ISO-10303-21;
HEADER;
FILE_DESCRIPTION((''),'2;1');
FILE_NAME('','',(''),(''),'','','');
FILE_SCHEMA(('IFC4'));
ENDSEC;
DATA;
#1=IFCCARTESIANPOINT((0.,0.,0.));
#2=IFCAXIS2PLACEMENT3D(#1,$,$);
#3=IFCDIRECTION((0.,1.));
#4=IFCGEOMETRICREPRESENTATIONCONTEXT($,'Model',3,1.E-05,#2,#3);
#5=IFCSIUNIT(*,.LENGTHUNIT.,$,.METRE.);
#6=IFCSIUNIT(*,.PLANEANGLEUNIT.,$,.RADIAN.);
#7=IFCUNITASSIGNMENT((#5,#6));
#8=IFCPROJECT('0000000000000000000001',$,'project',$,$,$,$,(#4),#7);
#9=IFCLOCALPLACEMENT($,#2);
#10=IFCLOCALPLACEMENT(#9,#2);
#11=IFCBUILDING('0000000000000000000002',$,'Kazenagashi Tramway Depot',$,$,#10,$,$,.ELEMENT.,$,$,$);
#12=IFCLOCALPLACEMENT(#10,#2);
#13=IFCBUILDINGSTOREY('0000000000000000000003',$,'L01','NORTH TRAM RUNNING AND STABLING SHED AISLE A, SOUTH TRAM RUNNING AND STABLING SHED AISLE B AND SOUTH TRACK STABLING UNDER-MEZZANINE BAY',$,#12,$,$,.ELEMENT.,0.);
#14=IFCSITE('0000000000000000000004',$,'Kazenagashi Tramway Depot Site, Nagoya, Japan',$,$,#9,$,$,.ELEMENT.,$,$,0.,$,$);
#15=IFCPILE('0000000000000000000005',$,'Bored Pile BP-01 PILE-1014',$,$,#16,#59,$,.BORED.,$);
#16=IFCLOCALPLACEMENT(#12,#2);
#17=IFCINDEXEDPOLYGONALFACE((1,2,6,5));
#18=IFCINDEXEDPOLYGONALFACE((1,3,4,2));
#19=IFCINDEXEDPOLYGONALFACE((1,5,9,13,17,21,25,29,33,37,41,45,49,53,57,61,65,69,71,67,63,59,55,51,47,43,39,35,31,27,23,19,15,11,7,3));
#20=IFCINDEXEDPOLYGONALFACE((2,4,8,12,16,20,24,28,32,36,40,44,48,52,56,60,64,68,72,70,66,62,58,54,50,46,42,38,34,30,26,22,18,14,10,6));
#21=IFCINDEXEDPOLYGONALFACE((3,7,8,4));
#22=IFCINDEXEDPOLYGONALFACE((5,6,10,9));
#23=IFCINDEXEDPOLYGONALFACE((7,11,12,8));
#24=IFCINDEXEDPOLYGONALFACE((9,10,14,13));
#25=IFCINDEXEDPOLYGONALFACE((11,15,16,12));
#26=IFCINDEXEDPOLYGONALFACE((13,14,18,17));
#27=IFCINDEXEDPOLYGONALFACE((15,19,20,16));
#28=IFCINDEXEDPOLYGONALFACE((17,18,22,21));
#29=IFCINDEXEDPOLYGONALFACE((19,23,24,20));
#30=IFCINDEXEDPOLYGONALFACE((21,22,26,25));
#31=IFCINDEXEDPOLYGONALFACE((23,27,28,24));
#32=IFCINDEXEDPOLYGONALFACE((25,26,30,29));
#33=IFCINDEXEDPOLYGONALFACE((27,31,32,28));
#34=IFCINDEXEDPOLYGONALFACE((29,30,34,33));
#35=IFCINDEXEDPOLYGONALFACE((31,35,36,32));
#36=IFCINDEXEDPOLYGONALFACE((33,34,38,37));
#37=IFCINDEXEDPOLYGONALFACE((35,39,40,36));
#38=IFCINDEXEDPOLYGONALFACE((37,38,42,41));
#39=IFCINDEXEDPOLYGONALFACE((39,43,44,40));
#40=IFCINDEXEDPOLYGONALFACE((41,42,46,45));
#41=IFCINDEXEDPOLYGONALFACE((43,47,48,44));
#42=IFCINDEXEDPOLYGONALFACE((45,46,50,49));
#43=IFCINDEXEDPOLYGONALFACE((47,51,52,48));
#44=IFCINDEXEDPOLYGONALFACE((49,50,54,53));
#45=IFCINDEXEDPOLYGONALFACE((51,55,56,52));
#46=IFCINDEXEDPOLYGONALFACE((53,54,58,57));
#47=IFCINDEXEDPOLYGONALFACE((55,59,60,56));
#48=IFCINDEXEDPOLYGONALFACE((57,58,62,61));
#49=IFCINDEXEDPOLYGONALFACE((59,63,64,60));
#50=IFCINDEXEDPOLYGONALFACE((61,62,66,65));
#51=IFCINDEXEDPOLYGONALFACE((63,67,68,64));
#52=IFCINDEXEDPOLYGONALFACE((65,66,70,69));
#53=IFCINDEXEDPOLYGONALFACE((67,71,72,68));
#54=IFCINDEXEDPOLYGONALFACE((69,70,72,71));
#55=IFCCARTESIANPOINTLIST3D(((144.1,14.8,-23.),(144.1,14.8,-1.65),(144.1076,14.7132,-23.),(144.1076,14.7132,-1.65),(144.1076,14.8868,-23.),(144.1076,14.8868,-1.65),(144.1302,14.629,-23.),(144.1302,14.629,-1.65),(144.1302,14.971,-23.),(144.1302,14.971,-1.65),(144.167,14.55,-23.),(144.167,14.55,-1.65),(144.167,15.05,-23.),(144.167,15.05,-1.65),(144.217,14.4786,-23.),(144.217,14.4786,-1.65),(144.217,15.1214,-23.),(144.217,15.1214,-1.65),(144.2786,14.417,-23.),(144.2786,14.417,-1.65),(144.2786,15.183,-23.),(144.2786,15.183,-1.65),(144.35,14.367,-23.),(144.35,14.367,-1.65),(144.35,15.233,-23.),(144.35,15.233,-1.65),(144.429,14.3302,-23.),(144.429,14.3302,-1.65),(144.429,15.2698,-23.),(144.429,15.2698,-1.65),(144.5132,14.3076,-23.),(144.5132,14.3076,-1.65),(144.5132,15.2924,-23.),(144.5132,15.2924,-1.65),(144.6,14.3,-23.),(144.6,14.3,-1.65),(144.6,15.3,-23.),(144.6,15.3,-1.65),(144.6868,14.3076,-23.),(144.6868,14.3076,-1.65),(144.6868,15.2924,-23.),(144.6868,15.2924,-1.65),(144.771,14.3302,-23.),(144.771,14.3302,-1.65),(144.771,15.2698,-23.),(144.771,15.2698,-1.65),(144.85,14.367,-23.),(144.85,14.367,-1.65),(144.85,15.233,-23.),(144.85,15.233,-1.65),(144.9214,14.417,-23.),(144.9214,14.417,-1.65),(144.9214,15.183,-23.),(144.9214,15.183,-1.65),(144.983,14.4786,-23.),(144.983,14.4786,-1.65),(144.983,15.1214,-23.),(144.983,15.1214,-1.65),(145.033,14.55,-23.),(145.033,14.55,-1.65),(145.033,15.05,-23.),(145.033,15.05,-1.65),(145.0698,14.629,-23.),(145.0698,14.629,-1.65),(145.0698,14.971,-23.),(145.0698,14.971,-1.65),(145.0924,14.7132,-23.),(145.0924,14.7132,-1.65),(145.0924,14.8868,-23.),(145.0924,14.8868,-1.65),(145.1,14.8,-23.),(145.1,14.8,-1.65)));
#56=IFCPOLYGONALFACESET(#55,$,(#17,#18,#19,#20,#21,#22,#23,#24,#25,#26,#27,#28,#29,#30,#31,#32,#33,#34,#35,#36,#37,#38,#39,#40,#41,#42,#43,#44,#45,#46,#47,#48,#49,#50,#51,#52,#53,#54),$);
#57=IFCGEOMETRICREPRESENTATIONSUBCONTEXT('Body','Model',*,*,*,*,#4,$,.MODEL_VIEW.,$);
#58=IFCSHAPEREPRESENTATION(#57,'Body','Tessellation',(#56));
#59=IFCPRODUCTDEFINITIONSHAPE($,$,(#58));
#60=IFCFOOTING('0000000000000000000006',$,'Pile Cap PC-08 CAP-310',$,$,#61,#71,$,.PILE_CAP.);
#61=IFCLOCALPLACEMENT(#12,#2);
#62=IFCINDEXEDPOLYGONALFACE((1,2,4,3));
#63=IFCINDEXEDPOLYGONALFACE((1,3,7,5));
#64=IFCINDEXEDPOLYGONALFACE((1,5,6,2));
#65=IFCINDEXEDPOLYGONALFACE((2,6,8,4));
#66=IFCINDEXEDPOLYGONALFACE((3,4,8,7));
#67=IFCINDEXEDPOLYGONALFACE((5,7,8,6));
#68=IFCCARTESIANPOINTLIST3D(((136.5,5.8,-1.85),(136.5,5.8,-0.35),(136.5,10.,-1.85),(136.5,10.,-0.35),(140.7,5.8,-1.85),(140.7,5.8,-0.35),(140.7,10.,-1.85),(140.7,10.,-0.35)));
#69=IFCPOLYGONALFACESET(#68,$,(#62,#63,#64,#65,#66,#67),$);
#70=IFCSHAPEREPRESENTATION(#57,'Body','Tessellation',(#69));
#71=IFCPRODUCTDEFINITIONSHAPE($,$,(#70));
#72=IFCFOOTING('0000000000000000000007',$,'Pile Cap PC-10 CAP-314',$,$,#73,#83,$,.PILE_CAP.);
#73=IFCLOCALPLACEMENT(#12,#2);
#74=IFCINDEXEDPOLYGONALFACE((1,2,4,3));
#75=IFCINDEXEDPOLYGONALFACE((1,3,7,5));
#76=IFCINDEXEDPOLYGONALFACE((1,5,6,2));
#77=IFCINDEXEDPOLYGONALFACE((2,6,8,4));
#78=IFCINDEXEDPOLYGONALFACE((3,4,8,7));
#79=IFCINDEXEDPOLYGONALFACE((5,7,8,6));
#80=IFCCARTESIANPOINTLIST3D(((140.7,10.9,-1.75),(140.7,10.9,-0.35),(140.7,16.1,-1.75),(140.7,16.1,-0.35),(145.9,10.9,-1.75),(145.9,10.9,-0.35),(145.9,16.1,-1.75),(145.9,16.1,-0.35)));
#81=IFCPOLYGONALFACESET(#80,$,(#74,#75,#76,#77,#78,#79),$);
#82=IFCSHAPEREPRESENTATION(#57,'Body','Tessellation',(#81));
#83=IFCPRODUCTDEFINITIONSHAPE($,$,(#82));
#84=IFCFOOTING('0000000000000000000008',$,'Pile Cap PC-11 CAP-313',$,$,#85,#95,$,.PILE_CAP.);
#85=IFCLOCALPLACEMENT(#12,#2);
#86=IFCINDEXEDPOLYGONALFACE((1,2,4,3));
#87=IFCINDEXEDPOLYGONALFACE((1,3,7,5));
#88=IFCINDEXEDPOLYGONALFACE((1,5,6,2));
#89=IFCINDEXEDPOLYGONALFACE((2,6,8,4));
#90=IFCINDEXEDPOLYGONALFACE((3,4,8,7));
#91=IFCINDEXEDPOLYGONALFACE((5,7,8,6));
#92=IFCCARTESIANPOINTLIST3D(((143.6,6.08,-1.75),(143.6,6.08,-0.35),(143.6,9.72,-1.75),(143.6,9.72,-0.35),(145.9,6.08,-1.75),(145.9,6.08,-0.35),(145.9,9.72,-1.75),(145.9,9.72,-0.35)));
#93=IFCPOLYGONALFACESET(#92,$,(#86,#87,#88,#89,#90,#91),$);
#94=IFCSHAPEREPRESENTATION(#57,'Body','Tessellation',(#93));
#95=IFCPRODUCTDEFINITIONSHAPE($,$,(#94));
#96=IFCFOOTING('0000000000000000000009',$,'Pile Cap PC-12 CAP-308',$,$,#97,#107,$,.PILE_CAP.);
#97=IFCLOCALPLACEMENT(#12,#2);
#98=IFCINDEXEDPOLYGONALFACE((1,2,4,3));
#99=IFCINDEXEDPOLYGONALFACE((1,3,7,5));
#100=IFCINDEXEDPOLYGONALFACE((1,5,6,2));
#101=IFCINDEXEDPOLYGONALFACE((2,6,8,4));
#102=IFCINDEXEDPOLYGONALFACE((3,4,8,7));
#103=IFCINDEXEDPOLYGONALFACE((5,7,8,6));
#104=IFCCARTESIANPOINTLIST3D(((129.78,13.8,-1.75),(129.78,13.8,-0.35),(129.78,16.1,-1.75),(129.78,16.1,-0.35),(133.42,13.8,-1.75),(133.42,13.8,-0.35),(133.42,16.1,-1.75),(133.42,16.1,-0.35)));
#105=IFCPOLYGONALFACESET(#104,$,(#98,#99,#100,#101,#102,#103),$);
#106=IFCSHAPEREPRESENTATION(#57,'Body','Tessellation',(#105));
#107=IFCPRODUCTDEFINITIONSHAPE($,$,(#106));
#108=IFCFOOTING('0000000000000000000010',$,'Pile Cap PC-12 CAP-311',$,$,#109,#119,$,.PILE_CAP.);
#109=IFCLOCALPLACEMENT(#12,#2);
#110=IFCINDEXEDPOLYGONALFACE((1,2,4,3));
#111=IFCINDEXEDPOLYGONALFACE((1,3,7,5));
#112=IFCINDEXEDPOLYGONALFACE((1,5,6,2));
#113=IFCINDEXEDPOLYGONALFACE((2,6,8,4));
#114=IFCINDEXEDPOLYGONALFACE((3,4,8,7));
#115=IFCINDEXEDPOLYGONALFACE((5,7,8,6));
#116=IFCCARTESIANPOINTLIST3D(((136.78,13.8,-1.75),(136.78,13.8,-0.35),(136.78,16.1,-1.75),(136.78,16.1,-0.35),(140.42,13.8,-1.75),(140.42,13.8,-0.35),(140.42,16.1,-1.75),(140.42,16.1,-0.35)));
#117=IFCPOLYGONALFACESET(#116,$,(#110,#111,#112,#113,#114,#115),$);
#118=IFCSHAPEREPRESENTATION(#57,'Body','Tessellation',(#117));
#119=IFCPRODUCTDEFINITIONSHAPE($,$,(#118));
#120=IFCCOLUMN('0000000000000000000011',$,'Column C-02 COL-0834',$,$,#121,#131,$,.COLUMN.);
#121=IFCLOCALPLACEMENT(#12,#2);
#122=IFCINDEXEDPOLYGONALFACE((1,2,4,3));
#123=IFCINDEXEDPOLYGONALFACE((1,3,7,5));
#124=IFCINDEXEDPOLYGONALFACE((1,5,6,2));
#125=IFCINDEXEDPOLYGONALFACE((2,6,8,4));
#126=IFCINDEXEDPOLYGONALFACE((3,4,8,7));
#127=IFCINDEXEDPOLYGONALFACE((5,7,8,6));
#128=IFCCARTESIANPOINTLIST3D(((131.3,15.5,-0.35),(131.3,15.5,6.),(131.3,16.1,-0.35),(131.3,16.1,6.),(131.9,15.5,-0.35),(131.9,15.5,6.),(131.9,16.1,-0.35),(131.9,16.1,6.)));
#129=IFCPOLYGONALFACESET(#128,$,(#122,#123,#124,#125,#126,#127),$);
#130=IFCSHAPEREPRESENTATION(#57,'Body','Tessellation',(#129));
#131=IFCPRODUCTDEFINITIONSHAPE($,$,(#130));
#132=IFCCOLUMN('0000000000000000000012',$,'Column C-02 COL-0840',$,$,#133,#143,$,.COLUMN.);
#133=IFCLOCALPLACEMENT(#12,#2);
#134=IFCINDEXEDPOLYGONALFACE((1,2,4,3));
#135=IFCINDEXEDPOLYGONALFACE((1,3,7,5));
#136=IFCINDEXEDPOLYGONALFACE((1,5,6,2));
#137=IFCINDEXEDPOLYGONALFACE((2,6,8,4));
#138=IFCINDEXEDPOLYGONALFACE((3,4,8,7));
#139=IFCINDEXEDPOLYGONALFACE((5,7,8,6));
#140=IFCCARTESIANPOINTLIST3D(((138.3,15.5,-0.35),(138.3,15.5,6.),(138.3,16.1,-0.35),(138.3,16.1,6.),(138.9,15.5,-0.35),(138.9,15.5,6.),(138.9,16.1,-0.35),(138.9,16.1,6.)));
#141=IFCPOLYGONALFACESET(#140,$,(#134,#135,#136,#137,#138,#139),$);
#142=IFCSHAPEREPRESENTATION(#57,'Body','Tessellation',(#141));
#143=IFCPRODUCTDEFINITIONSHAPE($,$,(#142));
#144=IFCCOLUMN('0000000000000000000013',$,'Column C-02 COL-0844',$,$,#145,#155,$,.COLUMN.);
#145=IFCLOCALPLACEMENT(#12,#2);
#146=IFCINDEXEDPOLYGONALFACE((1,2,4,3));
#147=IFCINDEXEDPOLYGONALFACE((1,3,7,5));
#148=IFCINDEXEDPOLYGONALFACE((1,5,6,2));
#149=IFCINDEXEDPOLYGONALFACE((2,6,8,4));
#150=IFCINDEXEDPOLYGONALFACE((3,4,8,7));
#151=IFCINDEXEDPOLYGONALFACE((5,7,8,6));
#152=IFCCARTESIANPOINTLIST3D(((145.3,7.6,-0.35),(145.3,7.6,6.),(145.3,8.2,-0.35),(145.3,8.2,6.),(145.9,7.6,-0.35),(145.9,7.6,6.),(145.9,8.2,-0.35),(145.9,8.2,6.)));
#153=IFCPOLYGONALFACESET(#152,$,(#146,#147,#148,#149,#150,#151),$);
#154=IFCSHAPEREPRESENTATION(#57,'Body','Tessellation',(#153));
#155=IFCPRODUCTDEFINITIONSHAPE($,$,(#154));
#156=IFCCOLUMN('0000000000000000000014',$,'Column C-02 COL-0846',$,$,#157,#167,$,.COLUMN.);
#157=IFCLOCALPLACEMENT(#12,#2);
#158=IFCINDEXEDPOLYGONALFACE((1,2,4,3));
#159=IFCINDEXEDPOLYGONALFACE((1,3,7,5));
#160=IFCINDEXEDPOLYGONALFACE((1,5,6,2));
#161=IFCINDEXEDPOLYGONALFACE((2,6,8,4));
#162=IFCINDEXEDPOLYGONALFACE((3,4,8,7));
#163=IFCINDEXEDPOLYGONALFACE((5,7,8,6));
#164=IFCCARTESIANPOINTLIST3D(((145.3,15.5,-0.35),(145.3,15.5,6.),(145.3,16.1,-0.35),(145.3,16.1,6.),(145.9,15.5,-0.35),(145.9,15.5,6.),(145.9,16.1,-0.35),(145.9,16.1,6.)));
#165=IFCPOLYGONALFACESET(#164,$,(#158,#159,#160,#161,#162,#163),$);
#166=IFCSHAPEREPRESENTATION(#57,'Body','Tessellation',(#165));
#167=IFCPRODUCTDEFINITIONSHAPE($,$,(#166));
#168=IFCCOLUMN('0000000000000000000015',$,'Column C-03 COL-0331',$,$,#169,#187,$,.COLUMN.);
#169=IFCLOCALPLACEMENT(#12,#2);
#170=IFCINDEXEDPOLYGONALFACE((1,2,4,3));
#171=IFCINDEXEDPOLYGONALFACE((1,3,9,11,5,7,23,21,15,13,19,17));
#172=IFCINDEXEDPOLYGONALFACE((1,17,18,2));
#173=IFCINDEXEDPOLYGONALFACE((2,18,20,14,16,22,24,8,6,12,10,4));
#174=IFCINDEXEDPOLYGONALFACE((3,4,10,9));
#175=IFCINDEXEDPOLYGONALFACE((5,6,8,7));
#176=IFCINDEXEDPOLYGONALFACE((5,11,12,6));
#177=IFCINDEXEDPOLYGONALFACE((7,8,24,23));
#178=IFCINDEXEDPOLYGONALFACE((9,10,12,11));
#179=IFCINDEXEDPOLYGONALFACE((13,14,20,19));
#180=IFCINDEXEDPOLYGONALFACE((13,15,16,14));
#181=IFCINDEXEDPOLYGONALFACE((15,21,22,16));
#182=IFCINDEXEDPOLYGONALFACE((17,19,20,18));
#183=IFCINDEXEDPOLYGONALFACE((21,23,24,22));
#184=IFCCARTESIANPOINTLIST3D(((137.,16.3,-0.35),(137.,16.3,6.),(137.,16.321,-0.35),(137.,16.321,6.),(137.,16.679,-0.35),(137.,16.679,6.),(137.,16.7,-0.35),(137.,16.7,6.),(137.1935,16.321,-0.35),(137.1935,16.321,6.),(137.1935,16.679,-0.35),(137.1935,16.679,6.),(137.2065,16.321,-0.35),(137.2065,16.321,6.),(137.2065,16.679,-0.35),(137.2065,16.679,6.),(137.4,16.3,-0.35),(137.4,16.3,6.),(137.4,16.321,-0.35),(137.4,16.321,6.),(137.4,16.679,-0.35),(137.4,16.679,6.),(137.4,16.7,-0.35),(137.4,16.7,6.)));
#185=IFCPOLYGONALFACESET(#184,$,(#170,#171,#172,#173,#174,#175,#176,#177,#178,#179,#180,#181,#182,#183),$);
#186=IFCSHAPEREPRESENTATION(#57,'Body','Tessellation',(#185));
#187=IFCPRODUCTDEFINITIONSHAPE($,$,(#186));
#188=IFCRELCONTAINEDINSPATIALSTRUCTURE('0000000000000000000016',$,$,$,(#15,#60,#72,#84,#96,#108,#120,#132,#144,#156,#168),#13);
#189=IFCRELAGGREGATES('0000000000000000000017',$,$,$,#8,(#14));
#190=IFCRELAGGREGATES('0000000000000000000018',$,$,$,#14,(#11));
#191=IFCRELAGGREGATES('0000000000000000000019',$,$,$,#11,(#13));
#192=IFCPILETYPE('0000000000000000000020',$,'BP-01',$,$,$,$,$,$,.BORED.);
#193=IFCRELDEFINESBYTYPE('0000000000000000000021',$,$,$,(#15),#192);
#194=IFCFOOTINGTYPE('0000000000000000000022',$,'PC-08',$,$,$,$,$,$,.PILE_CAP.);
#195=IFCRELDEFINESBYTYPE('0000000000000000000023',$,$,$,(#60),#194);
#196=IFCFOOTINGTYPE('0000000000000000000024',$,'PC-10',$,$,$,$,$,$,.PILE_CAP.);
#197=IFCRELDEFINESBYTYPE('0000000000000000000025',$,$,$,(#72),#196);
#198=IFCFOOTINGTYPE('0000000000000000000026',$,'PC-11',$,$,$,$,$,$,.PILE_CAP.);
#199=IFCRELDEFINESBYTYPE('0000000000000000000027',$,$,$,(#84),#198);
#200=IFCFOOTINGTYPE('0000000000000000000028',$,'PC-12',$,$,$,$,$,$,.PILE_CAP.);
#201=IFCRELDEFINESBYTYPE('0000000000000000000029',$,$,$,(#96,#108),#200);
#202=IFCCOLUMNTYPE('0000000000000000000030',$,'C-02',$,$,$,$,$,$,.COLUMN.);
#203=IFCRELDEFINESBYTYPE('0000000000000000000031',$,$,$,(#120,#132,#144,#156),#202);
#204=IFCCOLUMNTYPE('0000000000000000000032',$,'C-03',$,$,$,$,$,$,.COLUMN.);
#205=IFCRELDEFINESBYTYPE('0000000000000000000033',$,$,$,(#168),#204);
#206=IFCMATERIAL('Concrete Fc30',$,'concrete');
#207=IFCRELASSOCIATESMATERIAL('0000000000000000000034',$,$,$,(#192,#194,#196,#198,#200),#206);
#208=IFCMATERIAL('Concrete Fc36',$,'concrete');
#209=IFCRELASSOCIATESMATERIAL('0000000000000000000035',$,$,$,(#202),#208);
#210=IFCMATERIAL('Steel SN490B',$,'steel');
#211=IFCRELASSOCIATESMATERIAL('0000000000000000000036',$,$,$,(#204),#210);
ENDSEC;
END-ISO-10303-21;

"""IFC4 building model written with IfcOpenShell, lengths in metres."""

from ifc_helpers import new_model, si_unit, direction, frame, origin, origin_2d, place, context, subcontext, project, spatial, rectangle, circle, i_section, extrude, material, material_profile, profile_set, type_object, element, save


model = new_model("IFC4")

# Units and contexts
model_context = context("Model", 3, precision=1e-05, world=origin(), true_north=direction((0.0, 1.0)))
body_context = subcontext(model_context, "Body", "Model", "MODEL_VIEW")
ifc_project = project(units=[si_unit("LENGTHUNIT", "METRE"), si_unit("PLANEANGLEUNIT", "RADIAN")], contexts=[model_context])

# Site, building, storey
site_placement = place(None, origin())
site = spatial("IfcSite", under=ifc_project, at=site_placement, Name="Kazenagashi Tramway Depot Site, Nagoya, Japan", CompositionType="ELEMENT", RefElevation=0.0)
building_placement = place(site_placement, origin())
building = spatial("IfcBuilding", under=site, at=building_placement, Name="Kazenagashi Tramway Depot", CompositionType="ELEMENT")
storey_placement = place(building_placement, origin())
storey = spatial("IfcBuildingStorey", under=building, at=storey_placement, Name="L01", Description="NORTH TRAM RUNNING AND STABLING SHED AISLE A, SOUTH TRAM RUNNING AND STABLING SHED AISLE B AND SOUTH TRACK STABLING UNDER-MEZZANINE BAY", CompositionType="ELEMENT", Elevation=0.0)

# Pile
ifc_material_1 = material(Name="Concrete Fc30", Category="concrete")
ifc_material_profile_1 = material_profile(ifc_material_1, circle(Radius=0.5, at=origin_2d()), Name="PILE-1000")
ifc_profile_set_1 = profile_set([ifc_material_profile_1], Name="Concrete Fc30")
pile_type = type_object("IfcPileType", Name="BP-01", PredefinedType="BORED", material=ifc_profile_set_1)
for number, where, z_axis, x_axis, name in (
    (1, (144.6, 14.8, -1.65), (0.0, 0.0, -1.0), (1.0, 0.0, 0.0), "Bored Pile BP-01 PILE-1014"),
):
    element("IfcPile", number, at=place(storey_placement, frame(where, z_axis=z_axis, x_axis=x_axis)), inside=storey, type_object=pile_type, Name=name, PredefinedType="BORED", context=body_context, shape_type="SweptSolid", body=[
        extrude(circle(Radius=0.5, at=origin_2d()), origin(), (0.0, 0.0, 1.0), 21.35),
    ])

# Footings
footing_type_1 = type_object("IfcFootingType", Name="PC-08", PredefinedType="PILE_CAP", material=ifc_material_1)
footing_1_placement = place(storey_placement, frame((138.6, 7.9, -1.85), z_axis=(0.0, 0.0, 1.0), x_axis=(1.0, 0.0, 0.0)))
element("IfcFooting", 2, at=footing_1_placement, inside=storey, type_object=footing_type_1, Name="Pile Cap PC-08 CAP-310", PredefinedType="PILE_CAP", context=body_context, shape_type="SweptSolid", body=[
    extrude(rectangle(XDim=4.2, YDim=4.2, at=origin_2d()), origin(), (0.0, 0.0, 1.0), 1.5),
])
footing_type_2 = type_object("IfcFootingType", Name="PC-10", PredefinedType="PILE_CAP", material=ifc_material_1)
footing_2_placement = place(storey_placement, frame((143.3, 13.5, -1.75), z_axis=(0.0, 0.0, 1.0), x_axis=(1.0, 0.0, 0.0)))
element("IfcFooting", 3, at=footing_2_placement, inside=storey, type_object=footing_type_2, Name="Pile Cap PC-10 CAP-314", PredefinedType="PILE_CAP", context=body_context, shape_type="SweptSolid", body=[
    extrude(rectangle(XDim=5.2, YDim=5.2, at=origin_2d()), origin(), (0.0, 0.0, 1.0), 1.4),
])
footing_type_3 = type_object("IfcFootingType", Name="PC-11", PredefinedType="PILE_CAP", material=ifc_material_1)
footing_3_placement = place(storey_placement, frame((144.75, 7.9, -1.75), z_axis=(0.0, 0.0, 1.0), x_axis=(1.0, 0.0, 0.0)))
element("IfcFooting", 4, at=footing_3_placement, inside=storey, type_object=footing_type_3, Name="Pile Cap PC-11 CAP-313", PredefinedType="PILE_CAP", context=body_context, shape_type="SweptSolid", body=[
    extrude(rectangle(XDim=2.3, YDim=3.64, at=origin_2d()), origin(), (0.0, 0.0, 1.0), 1.4),
])
footing_type_4 = type_object("IfcFootingType", Name="PC-12", PredefinedType="PILE_CAP", material=ifc_material_1)
for number, where, z_axis, x_axis, name in (
    (5, (131.6, 14.95, -1.75), (0.0, 0.0, 1.0), (1.0, 0.0, 0.0), "Pile Cap PC-12 CAP-308"),
    (6, (138.6, 14.95, -1.75), (0.0, 0.0, 1.0), (1.0, 0.0, 0.0), "Pile Cap PC-12 CAP-311"),
):
    element("IfcFooting", number, at=place(storey_placement, frame(where, z_axis=z_axis, x_axis=x_axis)), inside=storey, type_object=footing_type_4, Name=name, PredefinedType="PILE_CAP", context=body_context, shape_type="SweptSolid", body=[
        extrude(rectangle(XDim=3.64, YDim=2.3, at=origin_2d()), origin(), (0.0, 0.0, 1.0), 1.4),
    ])

# Columns
ifc_material_2 = material(Name="Concrete Fc36", Category="concrete")
ifc_material_profile_2 = material_profile(ifc_material_2, rectangle(XDim=0.6, YDim=0.6, at=origin_2d()), Name="RC-600x600")
ifc_profile_set_2 = profile_set([ifc_material_profile_2], Name="Concrete Fc36")
column_type_1 = type_object("IfcColumnType", Name="C-02", PredefinedType="COLUMN", material=ifc_profile_set_2)
for number, where, z_axis, x_axis, name in (
    (7, (131.6, 15.8, -0.35), (0.0, 0.0, 1.0), (1.0, 0.0, 0.0), "Column C-02 COL-0834"),
    (8, (138.6, 15.8, -0.35), (0.0, 0.0, 1.0), (1.0, 0.0, 0.0), "Column C-02 COL-0840"),
    (9, (145.6, 7.9, -0.35), (0.0, 0.0, 1.0), (1.0, 0.0, 0.0), "Column C-02 COL-0844"),
    (10, (145.6, 15.8, -0.35), (0.0, 0.0, 1.0), (1.0, 0.0, 0.0), "Column C-02 COL-0846"),
):
    element("IfcColumn", number, at=place(storey_placement, frame(where, z_axis=z_axis, x_axis=x_axis)), inside=storey, type_object=column_type_1, Name=name, PredefinedType="COLUMN", context=body_context, shape_type="SweptSolid", body=[
        extrude(rectangle(XDim=0.6, YDim=0.6, at=origin_2d()), origin(), (0.0, 0.0, 1.0), 6.35),
    ])
ifc_material_3 = material(Name="Steel SN490B", Category="steel")
ifc_material_profile_3 = material_profile(ifc_material_3, i_section(OverallWidth=0.4, OverallDepth=0.4, WebThickness=0.013, FlangeThickness=0.021, at=origin_2d()), Name="H-400x400x13x21")
ifc_profile_set_3 = profile_set([ifc_material_profile_3], Name="Steel SN490B")
column_type_2 = type_object("IfcColumnType", Name="C-03", PredefinedType="COLUMN", material=ifc_profile_set_3)
column_placement = place(storey_placement, frame((137.2, 16.5, -0.35), z_axis=(0.0, 0.0, 1.0), x_axis=(1.0, 0.0, 0.0)))
element("IfcColumn", 11, at=column_placement, inside=storey, type_object=column_type_2, Name="Column C-03 COL-0331", PredefinedType="COLUMN", context=body_context, shape_type="SweptSolid", body=[
    extrude(i_section(OverallWidth=0.4, OverallDepth=0.4, WebThickness=0.013, FlangeThickness=0.021, at=origin_2d()), origin(), (0.0, 0.0, 1.0), 6.35),
])

save(model, "model.ifc")
